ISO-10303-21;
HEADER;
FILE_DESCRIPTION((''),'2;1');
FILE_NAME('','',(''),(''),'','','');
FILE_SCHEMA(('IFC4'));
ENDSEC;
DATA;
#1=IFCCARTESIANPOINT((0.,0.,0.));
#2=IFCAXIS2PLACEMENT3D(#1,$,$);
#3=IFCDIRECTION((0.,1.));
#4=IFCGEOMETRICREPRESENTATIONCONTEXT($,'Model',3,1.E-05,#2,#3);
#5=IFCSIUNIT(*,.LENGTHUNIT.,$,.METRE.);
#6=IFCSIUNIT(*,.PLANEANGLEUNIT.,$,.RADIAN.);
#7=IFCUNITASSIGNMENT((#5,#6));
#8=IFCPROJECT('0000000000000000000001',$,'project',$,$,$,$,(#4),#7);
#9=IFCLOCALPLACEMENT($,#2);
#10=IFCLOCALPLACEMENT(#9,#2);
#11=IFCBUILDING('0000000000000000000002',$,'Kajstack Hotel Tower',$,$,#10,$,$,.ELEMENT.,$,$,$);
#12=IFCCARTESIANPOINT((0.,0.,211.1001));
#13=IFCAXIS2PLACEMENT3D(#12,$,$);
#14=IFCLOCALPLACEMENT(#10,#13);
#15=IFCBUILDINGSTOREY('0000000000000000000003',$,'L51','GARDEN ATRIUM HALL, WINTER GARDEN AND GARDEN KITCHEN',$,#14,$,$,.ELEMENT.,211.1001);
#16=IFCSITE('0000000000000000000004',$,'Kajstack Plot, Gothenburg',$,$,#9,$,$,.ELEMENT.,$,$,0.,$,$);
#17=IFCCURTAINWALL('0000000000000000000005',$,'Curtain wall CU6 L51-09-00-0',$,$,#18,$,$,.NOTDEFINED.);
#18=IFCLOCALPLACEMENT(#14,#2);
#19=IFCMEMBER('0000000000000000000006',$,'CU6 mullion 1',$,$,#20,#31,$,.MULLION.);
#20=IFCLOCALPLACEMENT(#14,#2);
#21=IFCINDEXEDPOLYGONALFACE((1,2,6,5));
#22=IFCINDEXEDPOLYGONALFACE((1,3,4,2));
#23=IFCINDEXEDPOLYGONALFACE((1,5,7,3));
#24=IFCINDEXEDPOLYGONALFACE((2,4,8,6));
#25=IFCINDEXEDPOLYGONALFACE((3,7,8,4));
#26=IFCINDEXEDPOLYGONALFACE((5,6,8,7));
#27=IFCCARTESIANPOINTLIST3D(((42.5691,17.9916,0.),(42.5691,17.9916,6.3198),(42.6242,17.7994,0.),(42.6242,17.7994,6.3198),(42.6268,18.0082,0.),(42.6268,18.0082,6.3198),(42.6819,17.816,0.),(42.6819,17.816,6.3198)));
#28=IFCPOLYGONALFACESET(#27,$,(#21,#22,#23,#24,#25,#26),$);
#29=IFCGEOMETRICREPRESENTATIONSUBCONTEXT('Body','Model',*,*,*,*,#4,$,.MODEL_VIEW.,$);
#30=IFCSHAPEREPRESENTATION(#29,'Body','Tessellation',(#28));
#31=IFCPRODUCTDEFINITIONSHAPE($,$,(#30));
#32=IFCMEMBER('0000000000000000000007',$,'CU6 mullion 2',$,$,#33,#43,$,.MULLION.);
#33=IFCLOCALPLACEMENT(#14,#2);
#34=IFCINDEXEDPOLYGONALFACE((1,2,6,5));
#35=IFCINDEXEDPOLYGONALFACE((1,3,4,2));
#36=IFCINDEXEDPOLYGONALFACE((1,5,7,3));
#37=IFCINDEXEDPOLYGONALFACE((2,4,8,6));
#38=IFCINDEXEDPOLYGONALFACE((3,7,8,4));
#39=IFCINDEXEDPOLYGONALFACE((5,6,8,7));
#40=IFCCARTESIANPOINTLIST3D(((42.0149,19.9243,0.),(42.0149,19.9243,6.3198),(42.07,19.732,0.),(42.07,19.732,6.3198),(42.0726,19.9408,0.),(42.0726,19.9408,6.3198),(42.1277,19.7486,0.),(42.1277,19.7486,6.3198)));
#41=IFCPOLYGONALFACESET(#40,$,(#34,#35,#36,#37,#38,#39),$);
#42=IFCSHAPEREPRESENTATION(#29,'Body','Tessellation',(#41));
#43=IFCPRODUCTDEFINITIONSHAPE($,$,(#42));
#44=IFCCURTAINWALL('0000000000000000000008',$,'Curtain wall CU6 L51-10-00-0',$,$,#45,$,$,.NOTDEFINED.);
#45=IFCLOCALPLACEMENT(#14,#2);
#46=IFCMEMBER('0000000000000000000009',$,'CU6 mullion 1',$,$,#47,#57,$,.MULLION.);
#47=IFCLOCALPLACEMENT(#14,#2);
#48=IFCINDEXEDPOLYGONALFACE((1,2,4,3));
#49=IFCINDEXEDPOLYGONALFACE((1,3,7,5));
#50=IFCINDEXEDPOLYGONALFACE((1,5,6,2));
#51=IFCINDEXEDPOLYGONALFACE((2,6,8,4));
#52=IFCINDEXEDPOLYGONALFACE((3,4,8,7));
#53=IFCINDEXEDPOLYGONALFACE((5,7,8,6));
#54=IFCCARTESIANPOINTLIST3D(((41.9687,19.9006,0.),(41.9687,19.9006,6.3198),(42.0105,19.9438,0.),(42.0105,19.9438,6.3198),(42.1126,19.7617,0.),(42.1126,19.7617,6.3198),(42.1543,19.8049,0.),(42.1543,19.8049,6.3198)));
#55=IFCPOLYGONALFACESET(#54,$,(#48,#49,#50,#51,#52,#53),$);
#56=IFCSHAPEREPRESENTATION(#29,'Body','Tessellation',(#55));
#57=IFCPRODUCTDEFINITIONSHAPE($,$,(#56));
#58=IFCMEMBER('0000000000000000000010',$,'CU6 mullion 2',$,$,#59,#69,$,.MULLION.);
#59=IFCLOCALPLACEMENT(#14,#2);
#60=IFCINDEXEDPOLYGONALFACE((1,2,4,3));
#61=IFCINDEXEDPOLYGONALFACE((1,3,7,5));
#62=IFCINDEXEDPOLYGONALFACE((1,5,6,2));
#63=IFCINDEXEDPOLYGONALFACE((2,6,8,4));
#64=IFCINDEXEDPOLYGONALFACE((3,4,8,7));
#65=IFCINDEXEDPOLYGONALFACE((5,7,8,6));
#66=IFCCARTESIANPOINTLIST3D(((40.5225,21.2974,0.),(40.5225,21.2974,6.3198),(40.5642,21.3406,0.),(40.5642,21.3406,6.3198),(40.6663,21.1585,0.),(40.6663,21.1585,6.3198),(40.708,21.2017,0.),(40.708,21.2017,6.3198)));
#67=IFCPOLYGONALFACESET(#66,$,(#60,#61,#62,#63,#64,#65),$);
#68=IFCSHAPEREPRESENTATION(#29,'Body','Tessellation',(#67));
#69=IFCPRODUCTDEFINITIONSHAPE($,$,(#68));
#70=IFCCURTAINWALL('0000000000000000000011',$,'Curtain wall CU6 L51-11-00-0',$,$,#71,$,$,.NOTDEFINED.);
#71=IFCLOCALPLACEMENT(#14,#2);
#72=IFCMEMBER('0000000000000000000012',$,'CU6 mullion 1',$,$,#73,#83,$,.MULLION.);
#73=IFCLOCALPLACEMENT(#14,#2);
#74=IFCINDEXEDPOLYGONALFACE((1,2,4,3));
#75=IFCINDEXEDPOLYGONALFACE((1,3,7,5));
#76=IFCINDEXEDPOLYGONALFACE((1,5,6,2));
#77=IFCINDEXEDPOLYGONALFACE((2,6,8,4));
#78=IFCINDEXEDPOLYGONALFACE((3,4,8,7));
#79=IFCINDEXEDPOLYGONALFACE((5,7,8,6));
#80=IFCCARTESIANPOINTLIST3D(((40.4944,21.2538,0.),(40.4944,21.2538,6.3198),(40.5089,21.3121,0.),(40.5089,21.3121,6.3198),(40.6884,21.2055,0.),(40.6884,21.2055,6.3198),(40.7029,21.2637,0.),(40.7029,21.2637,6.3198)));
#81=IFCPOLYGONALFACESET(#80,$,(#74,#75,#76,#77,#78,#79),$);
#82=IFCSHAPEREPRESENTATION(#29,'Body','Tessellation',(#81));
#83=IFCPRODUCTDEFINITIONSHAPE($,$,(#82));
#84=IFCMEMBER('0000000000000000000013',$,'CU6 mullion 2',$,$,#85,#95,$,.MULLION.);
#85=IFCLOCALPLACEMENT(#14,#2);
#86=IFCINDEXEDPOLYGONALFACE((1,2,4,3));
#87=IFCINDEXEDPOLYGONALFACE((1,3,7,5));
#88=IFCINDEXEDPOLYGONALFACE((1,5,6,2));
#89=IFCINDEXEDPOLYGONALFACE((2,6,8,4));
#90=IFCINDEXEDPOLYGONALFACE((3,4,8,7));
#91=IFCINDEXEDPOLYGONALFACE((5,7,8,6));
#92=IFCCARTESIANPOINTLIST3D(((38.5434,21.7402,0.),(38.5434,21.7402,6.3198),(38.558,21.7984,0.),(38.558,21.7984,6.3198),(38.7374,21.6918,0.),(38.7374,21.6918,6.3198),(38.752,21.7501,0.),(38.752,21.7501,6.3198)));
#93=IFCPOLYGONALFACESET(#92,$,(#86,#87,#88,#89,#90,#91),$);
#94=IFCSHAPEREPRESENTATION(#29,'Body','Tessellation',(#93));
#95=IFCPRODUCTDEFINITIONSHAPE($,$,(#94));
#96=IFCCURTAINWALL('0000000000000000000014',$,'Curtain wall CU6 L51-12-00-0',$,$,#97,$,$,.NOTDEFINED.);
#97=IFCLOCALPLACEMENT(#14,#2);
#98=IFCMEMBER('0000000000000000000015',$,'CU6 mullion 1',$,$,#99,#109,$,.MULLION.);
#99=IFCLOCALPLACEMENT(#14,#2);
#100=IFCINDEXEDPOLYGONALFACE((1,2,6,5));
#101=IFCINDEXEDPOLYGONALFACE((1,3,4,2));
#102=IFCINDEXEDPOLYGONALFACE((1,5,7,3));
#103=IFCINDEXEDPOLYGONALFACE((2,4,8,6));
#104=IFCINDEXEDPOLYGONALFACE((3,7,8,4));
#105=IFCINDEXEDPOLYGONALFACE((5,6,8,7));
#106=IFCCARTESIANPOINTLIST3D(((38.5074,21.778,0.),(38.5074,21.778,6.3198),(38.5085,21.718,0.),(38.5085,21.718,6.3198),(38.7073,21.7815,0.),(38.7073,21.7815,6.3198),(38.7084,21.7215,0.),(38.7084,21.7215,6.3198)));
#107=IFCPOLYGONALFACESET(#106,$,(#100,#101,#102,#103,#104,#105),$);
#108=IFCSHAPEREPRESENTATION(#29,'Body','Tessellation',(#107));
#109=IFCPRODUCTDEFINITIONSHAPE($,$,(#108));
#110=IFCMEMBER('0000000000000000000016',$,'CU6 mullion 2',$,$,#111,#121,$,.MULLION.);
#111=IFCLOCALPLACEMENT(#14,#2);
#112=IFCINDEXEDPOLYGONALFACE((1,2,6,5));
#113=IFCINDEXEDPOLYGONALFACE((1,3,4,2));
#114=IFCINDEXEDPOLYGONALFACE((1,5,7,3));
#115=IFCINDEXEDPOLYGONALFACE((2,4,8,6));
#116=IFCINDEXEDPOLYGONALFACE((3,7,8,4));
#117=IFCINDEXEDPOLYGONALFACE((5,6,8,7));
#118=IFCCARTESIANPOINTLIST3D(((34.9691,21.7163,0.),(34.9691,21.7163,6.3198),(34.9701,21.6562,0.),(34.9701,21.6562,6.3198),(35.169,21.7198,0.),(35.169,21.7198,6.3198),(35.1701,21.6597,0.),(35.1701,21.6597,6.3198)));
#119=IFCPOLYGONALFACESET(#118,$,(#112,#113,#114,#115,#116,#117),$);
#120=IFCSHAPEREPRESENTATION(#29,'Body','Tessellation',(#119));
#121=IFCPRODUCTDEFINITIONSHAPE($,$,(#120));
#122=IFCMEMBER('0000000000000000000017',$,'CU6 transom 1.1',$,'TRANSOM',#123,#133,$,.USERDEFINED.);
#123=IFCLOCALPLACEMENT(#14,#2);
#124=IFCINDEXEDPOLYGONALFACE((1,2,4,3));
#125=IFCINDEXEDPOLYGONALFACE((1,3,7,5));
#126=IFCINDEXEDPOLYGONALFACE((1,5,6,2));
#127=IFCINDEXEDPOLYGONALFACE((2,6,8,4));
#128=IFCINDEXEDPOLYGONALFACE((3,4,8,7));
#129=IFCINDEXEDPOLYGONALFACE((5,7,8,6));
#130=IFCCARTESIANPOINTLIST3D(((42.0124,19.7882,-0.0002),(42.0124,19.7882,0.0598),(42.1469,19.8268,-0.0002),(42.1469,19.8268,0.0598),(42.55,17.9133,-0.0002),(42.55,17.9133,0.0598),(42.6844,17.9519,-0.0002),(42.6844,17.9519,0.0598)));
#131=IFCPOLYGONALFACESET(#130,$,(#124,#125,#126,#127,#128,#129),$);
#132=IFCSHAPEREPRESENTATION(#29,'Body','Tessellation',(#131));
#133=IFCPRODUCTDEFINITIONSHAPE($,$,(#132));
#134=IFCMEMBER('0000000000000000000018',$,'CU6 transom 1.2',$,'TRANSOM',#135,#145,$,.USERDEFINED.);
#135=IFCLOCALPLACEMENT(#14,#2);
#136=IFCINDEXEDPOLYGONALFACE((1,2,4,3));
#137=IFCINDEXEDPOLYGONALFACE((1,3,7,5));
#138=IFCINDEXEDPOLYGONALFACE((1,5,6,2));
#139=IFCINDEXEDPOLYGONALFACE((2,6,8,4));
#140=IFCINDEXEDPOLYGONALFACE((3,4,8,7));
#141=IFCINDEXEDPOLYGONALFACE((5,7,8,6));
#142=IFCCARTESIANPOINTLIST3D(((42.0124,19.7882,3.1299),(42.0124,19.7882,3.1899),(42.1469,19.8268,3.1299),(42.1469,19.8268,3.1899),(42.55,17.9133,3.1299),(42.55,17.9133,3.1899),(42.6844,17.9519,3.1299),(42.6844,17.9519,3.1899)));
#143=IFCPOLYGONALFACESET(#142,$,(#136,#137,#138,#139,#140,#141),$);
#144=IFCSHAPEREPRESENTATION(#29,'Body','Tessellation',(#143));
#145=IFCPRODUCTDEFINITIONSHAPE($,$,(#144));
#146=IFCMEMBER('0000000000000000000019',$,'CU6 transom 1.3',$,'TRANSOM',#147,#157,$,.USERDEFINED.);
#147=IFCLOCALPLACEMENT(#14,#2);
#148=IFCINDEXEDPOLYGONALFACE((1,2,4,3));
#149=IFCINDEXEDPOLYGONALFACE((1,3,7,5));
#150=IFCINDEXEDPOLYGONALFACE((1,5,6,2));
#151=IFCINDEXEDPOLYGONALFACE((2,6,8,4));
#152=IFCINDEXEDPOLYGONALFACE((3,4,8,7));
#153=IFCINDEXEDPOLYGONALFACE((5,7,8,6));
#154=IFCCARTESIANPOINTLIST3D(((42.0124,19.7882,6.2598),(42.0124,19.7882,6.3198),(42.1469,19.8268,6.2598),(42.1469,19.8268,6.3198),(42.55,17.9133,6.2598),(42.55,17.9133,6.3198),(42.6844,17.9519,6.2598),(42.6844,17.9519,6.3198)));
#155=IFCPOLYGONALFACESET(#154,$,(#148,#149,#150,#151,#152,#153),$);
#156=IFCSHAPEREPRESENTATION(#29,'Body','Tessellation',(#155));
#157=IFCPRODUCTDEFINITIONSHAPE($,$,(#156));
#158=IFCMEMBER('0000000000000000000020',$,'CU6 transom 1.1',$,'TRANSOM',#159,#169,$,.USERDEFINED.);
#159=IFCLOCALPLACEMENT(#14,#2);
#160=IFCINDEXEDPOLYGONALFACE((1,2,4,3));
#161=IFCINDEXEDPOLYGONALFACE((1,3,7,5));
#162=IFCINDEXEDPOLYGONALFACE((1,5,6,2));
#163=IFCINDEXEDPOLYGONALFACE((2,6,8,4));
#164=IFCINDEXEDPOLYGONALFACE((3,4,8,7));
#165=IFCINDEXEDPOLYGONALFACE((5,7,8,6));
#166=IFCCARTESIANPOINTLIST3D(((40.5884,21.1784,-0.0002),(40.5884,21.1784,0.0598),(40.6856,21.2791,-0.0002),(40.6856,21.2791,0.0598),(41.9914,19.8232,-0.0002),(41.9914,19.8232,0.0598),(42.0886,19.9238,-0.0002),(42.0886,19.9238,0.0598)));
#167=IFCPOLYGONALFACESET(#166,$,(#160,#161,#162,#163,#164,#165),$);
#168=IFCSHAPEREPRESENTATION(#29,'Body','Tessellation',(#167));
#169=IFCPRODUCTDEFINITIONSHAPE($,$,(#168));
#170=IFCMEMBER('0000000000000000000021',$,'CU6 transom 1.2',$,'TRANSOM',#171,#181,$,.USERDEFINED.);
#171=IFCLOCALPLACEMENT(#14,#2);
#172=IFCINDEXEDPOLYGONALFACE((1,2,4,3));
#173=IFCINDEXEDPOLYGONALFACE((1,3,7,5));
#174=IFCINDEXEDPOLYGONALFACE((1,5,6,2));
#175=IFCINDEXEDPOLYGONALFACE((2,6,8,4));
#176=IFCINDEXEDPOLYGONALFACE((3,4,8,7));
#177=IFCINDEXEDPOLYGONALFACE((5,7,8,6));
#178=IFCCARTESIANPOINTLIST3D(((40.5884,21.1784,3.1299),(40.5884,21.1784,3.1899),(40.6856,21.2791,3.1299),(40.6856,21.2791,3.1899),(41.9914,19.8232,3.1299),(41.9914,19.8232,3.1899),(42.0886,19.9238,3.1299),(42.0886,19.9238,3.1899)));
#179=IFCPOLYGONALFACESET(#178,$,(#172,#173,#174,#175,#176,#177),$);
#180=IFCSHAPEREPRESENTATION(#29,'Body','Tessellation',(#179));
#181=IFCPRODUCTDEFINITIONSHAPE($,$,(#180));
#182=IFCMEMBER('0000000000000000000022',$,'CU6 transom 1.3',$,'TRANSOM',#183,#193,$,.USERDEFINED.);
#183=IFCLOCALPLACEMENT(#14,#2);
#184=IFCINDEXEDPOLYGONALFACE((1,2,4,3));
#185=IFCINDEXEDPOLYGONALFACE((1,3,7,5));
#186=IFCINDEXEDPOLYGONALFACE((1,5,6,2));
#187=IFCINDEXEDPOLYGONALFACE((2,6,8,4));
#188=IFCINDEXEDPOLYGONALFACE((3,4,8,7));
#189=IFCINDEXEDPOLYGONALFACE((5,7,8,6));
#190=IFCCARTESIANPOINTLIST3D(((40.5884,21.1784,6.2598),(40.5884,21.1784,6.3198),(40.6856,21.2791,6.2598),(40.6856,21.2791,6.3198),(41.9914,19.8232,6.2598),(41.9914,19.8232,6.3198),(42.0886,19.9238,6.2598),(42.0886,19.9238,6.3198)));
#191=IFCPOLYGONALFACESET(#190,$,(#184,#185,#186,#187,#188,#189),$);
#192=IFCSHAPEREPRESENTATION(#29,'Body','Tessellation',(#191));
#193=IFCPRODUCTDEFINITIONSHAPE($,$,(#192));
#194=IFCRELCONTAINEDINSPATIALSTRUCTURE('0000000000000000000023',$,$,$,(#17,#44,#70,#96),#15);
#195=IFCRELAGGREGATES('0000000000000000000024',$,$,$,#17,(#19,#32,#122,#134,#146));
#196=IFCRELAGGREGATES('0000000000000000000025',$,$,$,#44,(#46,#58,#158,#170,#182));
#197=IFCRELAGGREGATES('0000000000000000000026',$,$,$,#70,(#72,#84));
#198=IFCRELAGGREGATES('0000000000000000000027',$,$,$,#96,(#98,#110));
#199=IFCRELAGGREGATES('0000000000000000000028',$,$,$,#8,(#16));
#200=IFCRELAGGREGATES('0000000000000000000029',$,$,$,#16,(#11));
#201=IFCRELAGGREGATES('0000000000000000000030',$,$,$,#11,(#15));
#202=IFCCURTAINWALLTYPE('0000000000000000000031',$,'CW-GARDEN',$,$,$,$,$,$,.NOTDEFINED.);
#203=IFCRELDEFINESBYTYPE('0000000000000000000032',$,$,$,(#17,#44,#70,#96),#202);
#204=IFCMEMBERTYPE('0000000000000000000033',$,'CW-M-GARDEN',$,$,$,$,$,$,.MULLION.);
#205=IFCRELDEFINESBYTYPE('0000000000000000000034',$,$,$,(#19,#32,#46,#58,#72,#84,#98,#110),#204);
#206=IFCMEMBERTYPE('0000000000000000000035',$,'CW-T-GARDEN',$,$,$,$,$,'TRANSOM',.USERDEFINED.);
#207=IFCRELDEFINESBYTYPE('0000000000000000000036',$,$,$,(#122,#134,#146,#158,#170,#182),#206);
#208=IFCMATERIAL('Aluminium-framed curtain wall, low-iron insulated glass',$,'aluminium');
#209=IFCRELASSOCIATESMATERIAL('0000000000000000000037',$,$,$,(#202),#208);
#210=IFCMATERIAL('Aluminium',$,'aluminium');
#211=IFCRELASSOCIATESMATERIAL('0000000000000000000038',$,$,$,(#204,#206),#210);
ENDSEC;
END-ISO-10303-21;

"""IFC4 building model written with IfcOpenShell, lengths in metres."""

from ifc_helpers import new_model, si_unit, direction, frame, origin, origin_2d, place, context, subcontext, project, spatial, rectangle, extrude, material, material_profile, profile_set, type_object, element, aggregate, save


model = new_model("IFC4")

# Units and contexts
model_context = context("Model", 3, precision=1e-05, world=origin(), true_north=direction((0.0, 1.0)))
body_context = subcontext(model_context, "Body", "Model", "MODEL_VIEW")
ifc_project = project(units=[si_unit("LENGTHUNIT", "METRE"), si_unit("PLANEANGLEUNIT", "RADIAN")], contexts=[model_context])

# Site, building, storey
site_placement = place(None, origin())
site = spatial("IfcSite", under=ifc_project, at=site_placement, Name="Kajstack Plot, Gothenburg", CompositionType="ELEMENT", RefElevation=0.0)
building_placement = place(site_placement, origin())
building = spatial("IfcBuilding", under=site, at=building_placement, Name="Kajstack Hotel Tower", CompositionType="ELEMENT")
storey_placement = place(building_placement, frame((0.0, 0.0, 211.1001)))
storey = spatial("IfcBuildingStorey", under=building, at=storey_placement, Name="L51", Description="GARDEN ATRIUM HALL, WINTER GARDEN AND GARDEN KITCHEN", CompositionType="ELEMENT", Elevation=211.1001)

# Curtain walls, members
ifc_material_1 = material(Name="Aluminium-framed curtain wall, low-iron insulated glass", Category="aluminium")
curtain_wall_type = type_object("IfcCurtainWallType", Name="CW-GARDEN", PredefinedType="NOTDEFINED", material=ifc_material_1)
curtain_wall_1_placement = place(storey_placement, origin())
curtain_wall_1 = element("IfcCurtainWall", 1, at=curtain_wall_1_placement, inside=storey, type_object=curtain_wall_type, Name="Curtain wall CU6 L51-09-00-0", PredefinedType="NOTDEFINED")
ifc_material_2 = material(Name="Aluminium", Category="aluminium")
ifc_material_profile_1 = material_profile(ifc_material_2, rectangle(XDim=0.0601, YDim=0.2, at=origin_2d()), Name="Aluminium mullion 60 x 200")
ifc_profile_set_1 = profile_set([ifc_material_profile_1], Name="Aluminium")
member_type_1 = type_object("IfcMemberType", Name="CW-M-GARDEN", PredefinedType="MULLION", material=ifc_profile_set_1)
member_1_placement = place(storey_placement, frame((42.6255, 17.9038, 0.0), z_axis=(0.0, 0.0, 1.0), x_axis=(-0.961263, -0.275633, 0.0)))
member_1 = element("IfcMember", 2, at=member_1_placement, type_object=member_type_1, Name="CU6 mullion 1", PredefinedType="MULLION", context=body_context, shape_type="SweptSolid", body=[
    extrude(rectangle(XDim=0.0601, YDim=0.2, at=origin_2d()), origin(), (0.0, 0.0, 1.0), 6.3198),
])
member_2_placement = place(storey_placement, frame((42.0713, 19.8364, 0.0), z_axis=(0.0, 0.0, 1.0), x_axis=(-0.961263, -0.275633, 0.0)))
member_2 = element("IfcMember", 3, at=member_2_placement, type_object=member_type_1, Name="CU6 mullion 2", PredefinedType="MULLION", context=body_context, shape_type="SweptSolid", body=[
    extrude(rectangle(XDim=0.0601, YDim=0.2, at=origin_2d()), origin(), (0.0, 0.0, 1.0), 6.3198),
])
curtain_wall_2_placement = place(storey_placement, origin())
curtain_wall_2 = element("IfcCurtainWall", 4, at=curtain_wall_2_placement, inside=storey, type_object=curtain_wall_type, Name="Curtain wall CU6 L51-10-00-0", PredefinedType="NOTDEFINED")
member_3_placement = place(storey_placement, frame((42.0615, 19.8528, 0.0), z_axis=(0.0, 0.0, 1.0), x_axis=(-0.694684, -0.719315, 0.0)))
member_3 = element("IfcMember", 5, at=member_3_placement, type_object=member_type_1, Name="CU6 mullion 1", PredefinedType="MULLION", context=body_context, shape_type="SweptSolid", body=[
    extrude(rectangle(XDim=0.0601, YDim=0.2, at=origin_2d()), origin(), (0.0, 0.0, 1.0), 6.3198),
])
member_4_placement = place(storey_placement, frame((40.6152, 21.2495, 0.0), z_axis=(0.0, 0.0, 1.0), x_axis=(-0.694684, -0.719315, 0.0)))
member_4 = element("IfcMember", 6, at=member_4_placement, type_object=member_type_1, Name="CU6 mullion 2", PredefinedType="MULLION", context=body_context, shape_type="SweptSolid", body=[
    extrude(rectangle(XDim=0.0601, YDim=0.2, at=origin_2d()), origin(), (0.0, 0.0, 1.0), 6.3198),
])
curtain_wall_3_placement = place(storey_placement, origin())
curtain_wall_3 = element("IfcCurtainWall", 7, at=curtain_wall_3_placement, inside=storey, type_object=curtain_wall_type, Name="Curtain wall CU6 L51-11-00-0", PredefinedType="NOTDEFINED")
member_5_placement = place(storey_placement, frame((40.5986, 21.2588, 0.0), z_axis=(0.0, 0.0, 1.0), x_axis=(-0.241911, -0.970299, 0.0)))
member_5 = element("IfcMember", 8, at=member_5_placement, type_object=member_type_1, Name="CU6 mullion 1", PredefinedType="MULLION", context=body_context, shape_type="SweptSolid", body=[
    extrude(rectangle(XDim=0.0601, YDim=0.2, at=origin_2d()), origin(), (0.0, 0.0, 1.0), 6.3198),
])
member_6_placement = place(storey_placement, frame((38.6477, 21.7451, 0.0), z_axis=(0.0, 0.0, 1.0), x_axis=(-0.241911, -0.970299, 0.0)))
member_6 = element("IfcMember", 9, at=member_6_placement, type_object=member_type_1, Name="CU6 mullion 2", PredefinedType="MULLION", context=body_context, shape_type="SweptSolid", body=[
    extrude(rectangle(XDim=0.0601, YDim=0.2, at=origin_2d()), origin(), (0.0, 0.0, 1.0), 6.3198),
])
curtain_wall_4_placement = place(storey_placement, origin())
curtain_wall_4 = element("IfcCurtainWall", 10, at=curtain_wall_4_placement, inside=storey, type_object=curtain_wall_type, Name="Curtain wall CU6 L51-12-00-0", PredefinedType="NOTDEFINED")
member_7_placement = place(storey_placement, frame((38.6079, 21.7498, 0.0), z_axis=(0.0, 0.0, 1.0), x_axis=(0.017453, -0.999848, 0.0)))
member_7 = element("IfcMember", 11, at=member_7_placement, type_object=member_type_1, Name="CU6 mullion 1", PredefinedType="MULLION", context=body_context, shape_type="SweptSolid", body=[
    extrude(rectangle(XDim=0.0601, YDim=0.2, at=origin_2d()), origin(), (0.0, 0.0, 1.0), 6.3198),
])
member_8_placement = place(storey_placement, frame((35.0696, 21.688, 0.0), z_axis=(0.0, 0.0, 1.0), x_axis=(0.017453, -0.999848, 0.0)))
member_8 = element("IfcMember", 12, at=member_8_placement, type_object=member_type_1, Name="CU6 mullion 2", PredefinedType="MULLION", context=body_context, shape_type="SweptSolid", body=[
    extrude(rectangle(XDim=0.0601, YDim=0.2, at=origin_2d()), origin(), (0.0, 0.0, 1.0), 6.3198),
])

# Members
ifc_material_profile_2 = material_profile(ifc_material_2, rectangle(XDim=0.1399, YDim=0.0601, at=origin_2d()), Name="Aluminium transom 140 x 60")
ifc_profile_set_2 = profile_set([ifc_material_profile_2], Name="Aluminium")
member_type_2 = type_object("IfcMemberType", Name="CW-T-GARDEN", ElementType="TRANSOM", PredefinedType="USERDEFINED", material=ifc_profile_set_2)
member_9_placement = place(storey_placement, frame((42.6172, 17.9326, 0.0298), z_axis=(-0.275614, 0.961268, 0.0), x_axis=(-0.961268, -0.275614, 0.0)))
member_9 = element("IfcMember", 13, at=member_9_placement, type_object=member_type_2, Name="CU6 transom 1.1", ObjectType="TRANSOM", PredefinedType="USERDEFINED", context=body_context, shape_type="SweptSolid", body=[
    extrude(rectangle(XDim=0.1399, YDim=0.0601, at=origin_2d()), origin(), (0.0, 0.0, 1.0), 1.9504),
])
member_10_placement = place(storey_placement, frame((42.6172, 17.9326, 3.1599), z_axis=(-0.275614, 0.961268, 0.0), x_axis=(-0.961268, -0.275614, 0.0)))
member_10 = element("IfcMember", 14, at=member_10_placement, type_object=member_type_2, Name="CU6 transom 1.2", ObjectType="TRANSOM", PredefinedType="USERDEFINED", context=body_context, shape_type="SweptSolid", body=[
    extrude(rectangle(XDim=0.1399, YDim=0.0601, at=origin_2d()), origin(), (0.0, 0.0, 1.0), 1.9504),
])
member_11_placement = place(storey_placement, frame((42.6172, 17.9326, 6.2898), z_axis=(-0.275614, 0.961268, 0.0), x_axis=(-0.961268, -0.275614, 0.0)))
member_11 = element("IfcMember", 15, at=member_11_placement, type_object=member_type_2, Name="CU6 transom 1.3", ObjectType="TRANSOM", PredefinedType="USERDEFINED", context=body_context, shape_type="SweptSolid", body=[
    extrude(rectangle(XDim=0.1399, YDim=0.0601, at=origin_2d()), origin(), (0.0, 0.0, 1.0), 1.9504),
])
member_12_placement = place(storey_placement, frame((42.04, 19.8735, 0.0298), z_axis=(-0.719266, 0.694735, 0.0), x_axis=(-0.694735, -0.719266, 0.0)))
member_12 = element("IfcMember", 16, at=member_12_placement, type_object=member_type_2, Name="CU6 transom 1.1", ObjectType="TRANSOM", PredefinedType="USERDEFINED", context=body_context, shape_type="SweptSolid", body=[
    extrude(rectangle(XDim=0.1399, YDim=0.0601, at=origin_2d()), origin(), (0.0, 0.0, 1.0), 1.9507),
])
member_13_placement = place(storey_placement, frame((42.04, 19.8735, 3.1599), z_axis=(-0.719266, 0.694735, 0.0), x_axis=(-0.694735, -0.719266, 0.0)))
member_13 = element("IfcMember", 17, at=member_13_placement, type_object=member_type_2, Name="CU6 transom 1.2", ObjectType="TRANSOM", PredefinedType="USERDEFINED", context=body_context, shape_type="SweptSolid", body=[
    extrude(rectangle(XDim=0.1399, YDim=0.0601, at=origin_2d()), origin(), (0.0, 0.0, 1.0), 1.9507),
])
member_14_placement = place(storey_placement, frame((42.04, 19.8735, 6.2898), z_axis=(-0.719266, 0.694735, 0.0), x_axis=(-0.694735, -0.719266, 0.0)))
member_14 = element("IfcMember", 18, at=member_14_placement, type_object=member_type_2, Name="CU6 transom 1.3", ObjectType="TRANSOM", PredefinedType="USERDEFINED", context=body_context, shape_type="SweptSolid", body=[
    extrude(rectangle(XDim=0.1399, YDim=0.0601, at=origin_2d()), origin(), (0.0, 0.0, 1.0), 1.9507),
])

aggregate(curtain_wall_1, [member_1, member_2, member_9, member_10, member_11])
aggregate(curtain_wall_2, [member_3, member_4, member_12, member_13, member_14])
aggregate(curtain_wall_3, [member_5, member_6])
aggregate(curtain_wall_4, [member_7, member_8])

save(model, "model.ifc")
